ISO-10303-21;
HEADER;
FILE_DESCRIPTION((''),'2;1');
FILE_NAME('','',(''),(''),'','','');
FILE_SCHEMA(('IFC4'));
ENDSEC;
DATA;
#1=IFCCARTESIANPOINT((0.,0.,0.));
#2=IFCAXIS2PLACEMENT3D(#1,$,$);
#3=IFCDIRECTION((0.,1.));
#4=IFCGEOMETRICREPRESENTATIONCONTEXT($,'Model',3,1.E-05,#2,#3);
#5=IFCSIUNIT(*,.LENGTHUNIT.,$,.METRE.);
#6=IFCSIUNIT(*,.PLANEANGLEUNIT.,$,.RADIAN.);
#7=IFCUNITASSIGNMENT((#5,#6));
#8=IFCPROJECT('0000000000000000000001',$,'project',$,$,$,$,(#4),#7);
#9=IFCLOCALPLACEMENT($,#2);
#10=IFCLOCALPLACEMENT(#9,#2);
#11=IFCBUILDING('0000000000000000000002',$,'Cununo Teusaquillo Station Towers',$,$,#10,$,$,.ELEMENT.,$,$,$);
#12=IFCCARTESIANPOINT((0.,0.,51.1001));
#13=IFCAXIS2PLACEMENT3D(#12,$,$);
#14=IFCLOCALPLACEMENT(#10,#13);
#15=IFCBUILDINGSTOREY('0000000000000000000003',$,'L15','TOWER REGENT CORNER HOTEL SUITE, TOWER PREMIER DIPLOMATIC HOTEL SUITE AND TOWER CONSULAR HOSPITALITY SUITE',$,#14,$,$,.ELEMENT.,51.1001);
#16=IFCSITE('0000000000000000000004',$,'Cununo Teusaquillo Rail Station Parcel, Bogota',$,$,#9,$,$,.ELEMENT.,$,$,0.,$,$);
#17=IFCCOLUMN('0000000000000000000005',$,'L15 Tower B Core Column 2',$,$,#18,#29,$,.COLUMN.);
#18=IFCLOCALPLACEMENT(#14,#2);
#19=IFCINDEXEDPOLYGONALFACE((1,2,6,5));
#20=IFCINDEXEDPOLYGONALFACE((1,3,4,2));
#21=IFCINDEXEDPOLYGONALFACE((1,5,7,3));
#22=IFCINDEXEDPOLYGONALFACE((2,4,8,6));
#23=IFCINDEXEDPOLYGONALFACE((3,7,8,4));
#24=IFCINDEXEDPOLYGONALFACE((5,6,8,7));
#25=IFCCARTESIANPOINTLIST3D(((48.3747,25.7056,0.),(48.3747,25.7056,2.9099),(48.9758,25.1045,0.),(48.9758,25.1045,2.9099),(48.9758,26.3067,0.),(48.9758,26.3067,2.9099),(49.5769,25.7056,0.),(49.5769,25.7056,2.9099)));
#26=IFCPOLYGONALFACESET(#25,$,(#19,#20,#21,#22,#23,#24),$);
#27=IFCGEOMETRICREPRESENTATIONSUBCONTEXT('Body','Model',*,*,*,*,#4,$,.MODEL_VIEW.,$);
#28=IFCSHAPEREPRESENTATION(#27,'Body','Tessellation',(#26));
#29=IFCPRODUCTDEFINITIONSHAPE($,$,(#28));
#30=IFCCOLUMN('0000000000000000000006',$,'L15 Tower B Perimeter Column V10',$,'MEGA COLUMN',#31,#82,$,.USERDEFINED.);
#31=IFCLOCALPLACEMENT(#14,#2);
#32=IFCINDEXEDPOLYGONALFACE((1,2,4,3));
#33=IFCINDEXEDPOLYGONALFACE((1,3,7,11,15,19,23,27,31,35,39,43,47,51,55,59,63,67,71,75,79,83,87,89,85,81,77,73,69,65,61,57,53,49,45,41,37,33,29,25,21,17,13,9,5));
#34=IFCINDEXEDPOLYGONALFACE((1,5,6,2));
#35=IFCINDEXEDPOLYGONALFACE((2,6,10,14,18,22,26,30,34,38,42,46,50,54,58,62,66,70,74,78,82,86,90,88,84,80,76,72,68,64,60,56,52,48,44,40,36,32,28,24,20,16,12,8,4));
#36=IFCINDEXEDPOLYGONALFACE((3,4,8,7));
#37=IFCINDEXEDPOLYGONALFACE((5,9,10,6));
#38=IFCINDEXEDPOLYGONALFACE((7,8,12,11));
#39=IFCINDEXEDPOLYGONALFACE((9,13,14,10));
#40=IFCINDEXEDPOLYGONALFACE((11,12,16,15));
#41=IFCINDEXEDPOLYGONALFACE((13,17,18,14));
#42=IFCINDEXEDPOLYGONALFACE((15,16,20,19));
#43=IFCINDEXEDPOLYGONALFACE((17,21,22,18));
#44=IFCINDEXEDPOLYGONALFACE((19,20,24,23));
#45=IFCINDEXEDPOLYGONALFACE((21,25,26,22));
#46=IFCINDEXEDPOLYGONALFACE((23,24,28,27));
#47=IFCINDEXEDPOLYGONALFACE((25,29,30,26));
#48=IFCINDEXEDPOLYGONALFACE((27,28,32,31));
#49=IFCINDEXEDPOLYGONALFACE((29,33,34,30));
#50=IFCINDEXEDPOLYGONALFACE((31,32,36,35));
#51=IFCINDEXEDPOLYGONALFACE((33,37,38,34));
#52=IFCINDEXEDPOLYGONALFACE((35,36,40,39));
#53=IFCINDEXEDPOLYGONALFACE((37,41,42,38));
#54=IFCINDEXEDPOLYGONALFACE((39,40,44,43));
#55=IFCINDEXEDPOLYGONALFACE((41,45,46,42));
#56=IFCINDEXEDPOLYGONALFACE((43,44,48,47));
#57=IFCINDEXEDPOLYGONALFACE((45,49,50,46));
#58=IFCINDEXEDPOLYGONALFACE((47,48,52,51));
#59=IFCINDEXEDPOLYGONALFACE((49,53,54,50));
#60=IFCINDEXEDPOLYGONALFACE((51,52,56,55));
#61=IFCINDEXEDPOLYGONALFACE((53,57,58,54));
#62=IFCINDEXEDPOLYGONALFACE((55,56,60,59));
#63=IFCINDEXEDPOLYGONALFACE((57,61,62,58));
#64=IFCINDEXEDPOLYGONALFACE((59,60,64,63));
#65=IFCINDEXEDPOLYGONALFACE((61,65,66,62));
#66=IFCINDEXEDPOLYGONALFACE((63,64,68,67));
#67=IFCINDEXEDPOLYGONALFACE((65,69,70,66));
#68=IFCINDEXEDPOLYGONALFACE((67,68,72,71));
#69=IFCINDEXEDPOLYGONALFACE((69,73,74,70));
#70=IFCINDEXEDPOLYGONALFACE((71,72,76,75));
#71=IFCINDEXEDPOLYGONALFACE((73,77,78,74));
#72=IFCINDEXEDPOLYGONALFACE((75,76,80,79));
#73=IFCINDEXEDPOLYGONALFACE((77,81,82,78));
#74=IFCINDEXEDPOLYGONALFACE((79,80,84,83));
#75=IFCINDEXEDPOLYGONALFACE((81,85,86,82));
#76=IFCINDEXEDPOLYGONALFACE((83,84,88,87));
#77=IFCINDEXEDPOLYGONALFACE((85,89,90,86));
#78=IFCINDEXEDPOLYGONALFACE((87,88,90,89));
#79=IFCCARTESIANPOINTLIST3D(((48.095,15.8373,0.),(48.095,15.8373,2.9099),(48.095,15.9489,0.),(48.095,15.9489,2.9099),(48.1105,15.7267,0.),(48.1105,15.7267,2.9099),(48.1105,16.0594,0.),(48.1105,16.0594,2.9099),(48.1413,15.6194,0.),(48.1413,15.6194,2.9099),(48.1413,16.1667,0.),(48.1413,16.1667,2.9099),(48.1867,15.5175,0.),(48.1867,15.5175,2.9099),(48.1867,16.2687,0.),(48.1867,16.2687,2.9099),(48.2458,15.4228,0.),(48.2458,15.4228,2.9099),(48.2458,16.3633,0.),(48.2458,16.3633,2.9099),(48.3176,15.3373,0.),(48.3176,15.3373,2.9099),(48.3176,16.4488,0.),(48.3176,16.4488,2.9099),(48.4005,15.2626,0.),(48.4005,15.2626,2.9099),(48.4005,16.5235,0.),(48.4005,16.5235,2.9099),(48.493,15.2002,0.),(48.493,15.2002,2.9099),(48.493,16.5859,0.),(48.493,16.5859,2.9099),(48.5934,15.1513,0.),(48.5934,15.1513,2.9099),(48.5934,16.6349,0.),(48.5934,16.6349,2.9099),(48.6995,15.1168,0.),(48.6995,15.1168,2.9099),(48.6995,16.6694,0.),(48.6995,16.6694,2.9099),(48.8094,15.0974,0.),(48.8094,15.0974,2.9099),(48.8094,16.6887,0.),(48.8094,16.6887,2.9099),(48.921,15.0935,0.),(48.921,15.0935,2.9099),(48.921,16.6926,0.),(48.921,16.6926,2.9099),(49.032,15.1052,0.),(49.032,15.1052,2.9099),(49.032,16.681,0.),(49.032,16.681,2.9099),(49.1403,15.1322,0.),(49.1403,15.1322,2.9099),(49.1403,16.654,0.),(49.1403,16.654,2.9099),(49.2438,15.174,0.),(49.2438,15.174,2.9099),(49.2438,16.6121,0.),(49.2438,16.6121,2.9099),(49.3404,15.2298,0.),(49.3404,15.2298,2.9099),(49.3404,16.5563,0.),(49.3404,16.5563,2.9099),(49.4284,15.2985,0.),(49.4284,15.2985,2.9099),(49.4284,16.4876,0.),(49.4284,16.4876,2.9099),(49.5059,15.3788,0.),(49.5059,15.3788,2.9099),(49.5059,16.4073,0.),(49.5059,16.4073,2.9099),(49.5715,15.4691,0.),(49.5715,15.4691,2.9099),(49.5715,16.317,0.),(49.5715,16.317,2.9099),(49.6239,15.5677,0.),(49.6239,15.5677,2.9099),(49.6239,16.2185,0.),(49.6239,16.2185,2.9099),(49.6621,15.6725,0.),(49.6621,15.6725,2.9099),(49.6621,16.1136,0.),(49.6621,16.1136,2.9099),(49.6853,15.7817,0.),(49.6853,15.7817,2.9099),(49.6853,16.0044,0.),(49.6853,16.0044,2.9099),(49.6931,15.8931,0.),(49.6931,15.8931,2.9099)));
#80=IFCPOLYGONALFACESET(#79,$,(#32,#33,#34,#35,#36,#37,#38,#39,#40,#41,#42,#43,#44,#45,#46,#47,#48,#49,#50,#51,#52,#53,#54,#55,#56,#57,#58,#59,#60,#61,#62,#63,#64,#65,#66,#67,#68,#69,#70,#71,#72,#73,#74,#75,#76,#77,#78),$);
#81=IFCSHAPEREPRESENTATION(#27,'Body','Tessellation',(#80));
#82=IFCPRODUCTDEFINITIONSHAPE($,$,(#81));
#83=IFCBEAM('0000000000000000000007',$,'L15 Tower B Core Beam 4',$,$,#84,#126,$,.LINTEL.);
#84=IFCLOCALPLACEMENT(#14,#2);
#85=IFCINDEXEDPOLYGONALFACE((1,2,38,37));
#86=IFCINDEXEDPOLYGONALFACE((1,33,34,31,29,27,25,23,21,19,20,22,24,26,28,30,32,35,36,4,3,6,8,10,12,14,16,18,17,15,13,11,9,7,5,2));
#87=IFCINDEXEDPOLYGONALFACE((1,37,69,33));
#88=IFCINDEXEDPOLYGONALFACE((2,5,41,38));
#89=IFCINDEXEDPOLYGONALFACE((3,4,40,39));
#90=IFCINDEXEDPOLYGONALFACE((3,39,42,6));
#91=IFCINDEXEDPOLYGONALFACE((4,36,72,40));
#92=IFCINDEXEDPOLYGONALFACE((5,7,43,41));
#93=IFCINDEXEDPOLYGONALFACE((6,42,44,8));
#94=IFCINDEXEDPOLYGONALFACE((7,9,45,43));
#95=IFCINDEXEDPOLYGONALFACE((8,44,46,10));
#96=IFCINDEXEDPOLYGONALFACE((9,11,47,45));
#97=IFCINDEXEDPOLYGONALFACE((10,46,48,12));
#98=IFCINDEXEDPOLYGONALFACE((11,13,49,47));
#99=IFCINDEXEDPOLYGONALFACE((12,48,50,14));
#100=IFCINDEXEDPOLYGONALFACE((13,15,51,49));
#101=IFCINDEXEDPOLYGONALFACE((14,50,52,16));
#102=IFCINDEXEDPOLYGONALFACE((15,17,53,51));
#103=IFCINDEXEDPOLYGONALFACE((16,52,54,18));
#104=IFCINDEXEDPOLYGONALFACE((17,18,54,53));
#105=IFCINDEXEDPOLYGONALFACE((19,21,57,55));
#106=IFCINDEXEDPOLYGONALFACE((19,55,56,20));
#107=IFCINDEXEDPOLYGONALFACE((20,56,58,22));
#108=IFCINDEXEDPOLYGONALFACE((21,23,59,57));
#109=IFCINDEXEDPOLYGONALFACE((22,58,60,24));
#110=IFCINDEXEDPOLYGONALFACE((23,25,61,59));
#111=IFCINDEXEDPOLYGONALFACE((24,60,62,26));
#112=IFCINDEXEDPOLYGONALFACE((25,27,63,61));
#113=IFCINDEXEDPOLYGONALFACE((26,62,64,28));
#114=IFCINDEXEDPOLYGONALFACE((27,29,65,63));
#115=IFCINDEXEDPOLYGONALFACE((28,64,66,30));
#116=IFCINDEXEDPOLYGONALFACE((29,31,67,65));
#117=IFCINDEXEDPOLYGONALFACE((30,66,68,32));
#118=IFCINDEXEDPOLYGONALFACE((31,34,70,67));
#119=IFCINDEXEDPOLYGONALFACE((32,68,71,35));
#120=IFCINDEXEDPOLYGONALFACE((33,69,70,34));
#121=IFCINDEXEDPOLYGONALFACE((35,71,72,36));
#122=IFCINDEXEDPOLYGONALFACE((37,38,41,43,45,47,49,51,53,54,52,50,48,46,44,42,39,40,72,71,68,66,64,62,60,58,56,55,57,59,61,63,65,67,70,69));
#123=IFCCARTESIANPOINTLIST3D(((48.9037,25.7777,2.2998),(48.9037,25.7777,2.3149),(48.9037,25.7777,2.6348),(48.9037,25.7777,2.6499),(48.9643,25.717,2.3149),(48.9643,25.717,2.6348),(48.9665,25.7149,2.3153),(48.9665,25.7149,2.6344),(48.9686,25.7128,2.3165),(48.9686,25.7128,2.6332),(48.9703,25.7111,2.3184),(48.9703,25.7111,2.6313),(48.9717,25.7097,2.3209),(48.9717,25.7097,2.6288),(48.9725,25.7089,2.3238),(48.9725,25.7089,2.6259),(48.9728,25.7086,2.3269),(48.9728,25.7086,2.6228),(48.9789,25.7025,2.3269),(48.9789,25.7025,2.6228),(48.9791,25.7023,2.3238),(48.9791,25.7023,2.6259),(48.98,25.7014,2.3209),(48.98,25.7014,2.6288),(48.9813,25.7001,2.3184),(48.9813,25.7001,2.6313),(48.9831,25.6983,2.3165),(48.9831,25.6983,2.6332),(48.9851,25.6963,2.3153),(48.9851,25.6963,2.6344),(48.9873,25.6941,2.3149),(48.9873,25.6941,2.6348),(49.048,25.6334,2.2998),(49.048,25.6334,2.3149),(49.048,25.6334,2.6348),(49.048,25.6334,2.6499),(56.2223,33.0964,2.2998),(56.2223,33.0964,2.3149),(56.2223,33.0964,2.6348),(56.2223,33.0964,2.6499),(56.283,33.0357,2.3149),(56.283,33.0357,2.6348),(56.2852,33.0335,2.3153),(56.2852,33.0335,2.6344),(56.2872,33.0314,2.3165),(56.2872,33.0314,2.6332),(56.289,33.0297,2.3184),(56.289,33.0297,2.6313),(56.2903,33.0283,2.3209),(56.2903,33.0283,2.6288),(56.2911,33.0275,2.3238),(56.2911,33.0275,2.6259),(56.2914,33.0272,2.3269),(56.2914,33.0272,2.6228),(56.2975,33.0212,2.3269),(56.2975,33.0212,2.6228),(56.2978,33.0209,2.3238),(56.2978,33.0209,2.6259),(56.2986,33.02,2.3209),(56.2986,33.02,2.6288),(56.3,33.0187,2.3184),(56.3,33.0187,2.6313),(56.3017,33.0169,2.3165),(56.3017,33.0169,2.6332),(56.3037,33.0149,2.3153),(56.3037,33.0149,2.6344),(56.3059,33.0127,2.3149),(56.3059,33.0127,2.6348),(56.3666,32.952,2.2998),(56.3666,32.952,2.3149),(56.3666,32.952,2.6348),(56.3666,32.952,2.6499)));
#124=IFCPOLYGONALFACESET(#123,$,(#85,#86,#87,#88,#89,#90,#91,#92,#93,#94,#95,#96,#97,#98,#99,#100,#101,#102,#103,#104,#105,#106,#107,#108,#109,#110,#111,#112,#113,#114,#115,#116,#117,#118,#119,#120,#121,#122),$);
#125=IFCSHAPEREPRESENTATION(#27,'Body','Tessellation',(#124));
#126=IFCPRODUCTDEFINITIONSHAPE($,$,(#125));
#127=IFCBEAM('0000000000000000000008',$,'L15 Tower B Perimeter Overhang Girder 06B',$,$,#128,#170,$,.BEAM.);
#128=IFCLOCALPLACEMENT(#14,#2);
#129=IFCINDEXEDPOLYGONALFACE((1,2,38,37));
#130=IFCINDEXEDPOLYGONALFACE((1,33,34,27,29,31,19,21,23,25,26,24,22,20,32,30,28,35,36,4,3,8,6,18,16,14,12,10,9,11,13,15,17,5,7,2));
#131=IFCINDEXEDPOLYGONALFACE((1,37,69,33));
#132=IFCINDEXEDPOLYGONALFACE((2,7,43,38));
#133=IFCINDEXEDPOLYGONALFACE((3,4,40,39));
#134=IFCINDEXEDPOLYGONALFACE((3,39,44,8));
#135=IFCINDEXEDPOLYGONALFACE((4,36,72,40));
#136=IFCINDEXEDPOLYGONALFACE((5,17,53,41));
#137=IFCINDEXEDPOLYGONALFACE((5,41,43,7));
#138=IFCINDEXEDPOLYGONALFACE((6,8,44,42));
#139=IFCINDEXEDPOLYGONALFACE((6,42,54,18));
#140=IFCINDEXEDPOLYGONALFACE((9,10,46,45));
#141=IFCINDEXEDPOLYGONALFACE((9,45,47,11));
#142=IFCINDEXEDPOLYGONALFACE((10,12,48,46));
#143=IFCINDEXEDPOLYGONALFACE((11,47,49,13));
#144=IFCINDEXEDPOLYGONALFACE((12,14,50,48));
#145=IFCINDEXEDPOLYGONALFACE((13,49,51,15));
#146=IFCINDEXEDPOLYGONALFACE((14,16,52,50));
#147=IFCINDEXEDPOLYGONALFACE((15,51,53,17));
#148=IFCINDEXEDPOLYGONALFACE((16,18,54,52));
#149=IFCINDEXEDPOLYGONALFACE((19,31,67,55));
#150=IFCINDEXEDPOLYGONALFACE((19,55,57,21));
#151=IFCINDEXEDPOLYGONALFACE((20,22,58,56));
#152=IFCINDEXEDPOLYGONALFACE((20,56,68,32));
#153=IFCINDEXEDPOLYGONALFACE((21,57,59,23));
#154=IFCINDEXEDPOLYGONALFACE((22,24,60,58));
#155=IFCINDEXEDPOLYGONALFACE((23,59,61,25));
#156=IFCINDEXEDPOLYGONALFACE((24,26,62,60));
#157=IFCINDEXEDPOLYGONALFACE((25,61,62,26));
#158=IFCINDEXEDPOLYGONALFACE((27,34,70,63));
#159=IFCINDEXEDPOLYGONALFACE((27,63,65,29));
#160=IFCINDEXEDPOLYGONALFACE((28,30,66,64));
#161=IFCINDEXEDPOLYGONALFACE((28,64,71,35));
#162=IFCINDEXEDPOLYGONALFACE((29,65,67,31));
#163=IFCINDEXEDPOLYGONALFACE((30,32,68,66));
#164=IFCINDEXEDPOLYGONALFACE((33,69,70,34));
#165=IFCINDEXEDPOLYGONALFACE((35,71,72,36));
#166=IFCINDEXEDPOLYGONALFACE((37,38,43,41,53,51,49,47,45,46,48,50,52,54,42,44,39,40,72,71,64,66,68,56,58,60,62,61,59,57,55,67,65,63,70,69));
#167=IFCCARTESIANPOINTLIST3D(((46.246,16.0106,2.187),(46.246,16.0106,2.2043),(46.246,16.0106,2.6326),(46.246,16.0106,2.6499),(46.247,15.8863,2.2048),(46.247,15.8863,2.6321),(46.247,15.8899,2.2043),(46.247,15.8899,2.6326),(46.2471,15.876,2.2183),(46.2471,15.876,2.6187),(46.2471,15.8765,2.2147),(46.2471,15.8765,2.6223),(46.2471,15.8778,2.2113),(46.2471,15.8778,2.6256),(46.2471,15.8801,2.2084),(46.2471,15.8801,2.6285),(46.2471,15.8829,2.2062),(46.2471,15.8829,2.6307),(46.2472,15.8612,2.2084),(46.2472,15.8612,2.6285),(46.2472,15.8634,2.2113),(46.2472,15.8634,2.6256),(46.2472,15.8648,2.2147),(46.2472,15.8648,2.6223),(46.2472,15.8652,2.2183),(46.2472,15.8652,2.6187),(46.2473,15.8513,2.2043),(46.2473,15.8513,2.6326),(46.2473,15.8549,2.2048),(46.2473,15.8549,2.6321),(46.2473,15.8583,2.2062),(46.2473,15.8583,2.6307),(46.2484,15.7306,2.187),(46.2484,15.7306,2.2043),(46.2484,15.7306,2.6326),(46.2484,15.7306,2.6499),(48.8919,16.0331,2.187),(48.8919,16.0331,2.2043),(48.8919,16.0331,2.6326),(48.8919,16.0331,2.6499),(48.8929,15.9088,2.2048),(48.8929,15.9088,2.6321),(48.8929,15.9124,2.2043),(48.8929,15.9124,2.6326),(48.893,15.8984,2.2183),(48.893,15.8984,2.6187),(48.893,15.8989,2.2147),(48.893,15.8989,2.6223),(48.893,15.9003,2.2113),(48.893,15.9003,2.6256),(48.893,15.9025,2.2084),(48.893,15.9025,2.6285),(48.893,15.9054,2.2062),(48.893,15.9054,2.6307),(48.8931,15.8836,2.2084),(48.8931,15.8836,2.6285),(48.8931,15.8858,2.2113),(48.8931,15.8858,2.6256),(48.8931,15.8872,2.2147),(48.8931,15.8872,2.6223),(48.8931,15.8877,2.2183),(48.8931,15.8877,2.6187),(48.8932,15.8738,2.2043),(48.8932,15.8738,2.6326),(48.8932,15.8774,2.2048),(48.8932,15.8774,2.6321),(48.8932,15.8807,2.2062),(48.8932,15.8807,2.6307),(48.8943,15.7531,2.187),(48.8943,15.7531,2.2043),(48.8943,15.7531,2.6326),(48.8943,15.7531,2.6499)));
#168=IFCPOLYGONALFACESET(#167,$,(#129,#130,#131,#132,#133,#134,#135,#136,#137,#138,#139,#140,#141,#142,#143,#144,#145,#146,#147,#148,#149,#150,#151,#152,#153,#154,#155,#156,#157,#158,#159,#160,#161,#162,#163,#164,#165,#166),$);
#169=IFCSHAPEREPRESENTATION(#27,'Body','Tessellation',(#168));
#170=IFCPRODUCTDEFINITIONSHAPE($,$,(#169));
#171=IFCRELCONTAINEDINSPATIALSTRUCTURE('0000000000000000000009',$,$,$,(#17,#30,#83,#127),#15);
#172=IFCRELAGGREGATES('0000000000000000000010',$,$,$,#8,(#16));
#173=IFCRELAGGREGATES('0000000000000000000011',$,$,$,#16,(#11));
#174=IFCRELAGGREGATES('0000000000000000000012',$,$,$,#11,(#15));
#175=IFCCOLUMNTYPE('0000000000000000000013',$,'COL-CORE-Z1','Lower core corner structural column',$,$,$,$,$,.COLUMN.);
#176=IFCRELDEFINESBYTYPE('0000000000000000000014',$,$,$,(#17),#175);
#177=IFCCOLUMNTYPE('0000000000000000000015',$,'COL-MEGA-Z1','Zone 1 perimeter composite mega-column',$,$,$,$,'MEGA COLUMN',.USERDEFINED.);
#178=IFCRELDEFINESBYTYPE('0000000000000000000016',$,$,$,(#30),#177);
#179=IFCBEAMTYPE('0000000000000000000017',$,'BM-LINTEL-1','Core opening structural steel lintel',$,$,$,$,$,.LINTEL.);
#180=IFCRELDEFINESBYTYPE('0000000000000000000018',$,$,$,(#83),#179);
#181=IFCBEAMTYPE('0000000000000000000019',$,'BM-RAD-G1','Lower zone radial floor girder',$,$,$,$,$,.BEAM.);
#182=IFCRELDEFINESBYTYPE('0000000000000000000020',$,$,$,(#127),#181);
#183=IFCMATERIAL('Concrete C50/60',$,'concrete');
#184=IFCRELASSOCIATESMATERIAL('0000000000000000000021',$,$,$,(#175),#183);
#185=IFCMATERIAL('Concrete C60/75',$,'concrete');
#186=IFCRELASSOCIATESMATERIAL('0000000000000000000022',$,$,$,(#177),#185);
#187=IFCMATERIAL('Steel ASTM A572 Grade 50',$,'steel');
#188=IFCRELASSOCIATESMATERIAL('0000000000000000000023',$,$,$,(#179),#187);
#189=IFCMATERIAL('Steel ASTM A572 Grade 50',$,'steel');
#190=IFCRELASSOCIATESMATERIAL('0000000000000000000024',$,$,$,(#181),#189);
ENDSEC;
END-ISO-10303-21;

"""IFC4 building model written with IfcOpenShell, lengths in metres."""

from ifc_helpers import new_model, si_unit, direction, frame, origin, origin_2d, place, context, subcontext, project, spatial, rectangle, circle, i_section, extrude, material, material_profile, profile_set, type_object, element, save


model = new_model("IFC4")

# Units and contexts
model_context = context("Model", 3, precision=1e-05, world=origin(), true_north=direction((0.0, 1.0)))
body_context = subcontext(model_context, "Body", "Model", "MODEL_VIEW")
ifc_project = project(units=[si_unit("LENGTHUNIT", "METRE"), si_unit("PLANEANGLEUNIT", "RADIAN")], contexts=[model_context])

# Site, building, storey
site_placement = place(None, origin())
site = spatial("IfcSite", under=ifc_project, at=site_placement, Name="Cununo Teusaquillo Rail Station Parcel, Bogota", CompositionType="ELEMENT", RefElevation=0.0)
building_placement = place(site_placement, origin())
building = spatial("IfcBuilding", under=site, at=building_placement, Name="Cununo Teusaquillo Station Towers", CompositionType="ELEMENT")
storey_placement = place(building_placement, frame((0.0, 0.0, 51.1001)))
storey = spatial("IfcBuildingStorey", under=building, at=storey_placement, Name="L15", Description="TOWER REGENT CORNER HOTEL SUITE, TOWER PREMIER DIPLOMATIC HOTEL SUITE AND TOWER CONSULAR HOSPITALITY SUITE", CompositionType="ELEMENT", Elevation=51.1001)

# Columns
ifc_material_1 = material(Name="Concrete C50/60", Category="concrete")
ifc_material_profile_1 = material_profile(ifc_material_1, rectangle(XDim=0.8501, YDim=0.8501, at=origin_2d()), Name="RC-RECT-850x850")
ifc_profile_set_1 = profile_set([ifc_material_profile_1], Name="Concrete C50/60")
column_type_1 = type_object("IfcColumnType", Name="COL-CORE-Z1", Description="Lower core corner structural column", PredefinedType="COLUMN", material=ifc_profile_set_1)
column_1_placement = place(storey_placement, frame((48.9758, 25.7056, 0.0), z_axis=(0.0, 0.0, 1.0), x_axis=(0.707107, 0.707107, 0.0)))
element("IfcColumn", 1, at=column_1_placement, inside=storey, type_object=column_type_1, Name="L15 Tower B Core Column 2", PredefinedType="COLUMN", context=body_context, shape_type="SweptSolid", body=[
    extrude(rectangle(XDim=0.8501, YDim=0.8501, at=origin_2d()), origin(), (0.0, 0.0, 1.0), 2.9099),
])
ifc_material_2 = material(Name="Concrete C60/75", Category="concrete")
ifc_material_profile_2 = material_profile(ifc_material_2, circle(Radius=0.8, at=origin_2d()), Name="RC-CIRC-1600")
ifc_profile_set_2 = profile_set([ifc_material_profile_2], Name="Concrete C60/75")
column_type_2 = type_object("IfcColumnType", Name="COL-MEGA-Z1", Description="Zone 1 perimeter composite mega-column", ElementType="MEGA COLUMN", PredefinedType="USERDEFINED", material=ifc_profile_set_2)
column_2_placement = place(storey_placement, frame((48.8931, 15.8931, 0.0), z_axis=(0.0, 0.0, 1.0), x_axis=(1.0, 0.0, 0.0)))
element("IfcColumn", 2, at=column_2_placement, inside=storey, type_object=column_type_2, Name="L15 Tower B Perimeter Column V10", ObjectType="MEGA COLUMN", PredefinedType="USERDEFINED", context=body_context, shape_type="SweptSolid", body=[
    extrude(circle(Radius=0.8, at=origin_2d()), origin(), (0.0, 0.0, 1.0), 2.9099),
])

# Beams
ifc_material_3 = material(Name="Steel ASTM A572 Grade 50", Category="steel")
ifc_material_profile_3 = material_profile(ifc_material_3, i_section(OverallWidth=0.2041, OverallDepth=0.3501, WebThickness=0.0085, FlangeThickness=0.0151, FilletRadius=0.012, at=origin_2d()), Name="W14X48")
ifc_profile_set_3 = profile_set([ifc_material_profile_3], Name="Steel ASTM A572 Grade 50")
beam_type_1 = type_object("IfcBeamType", Name="BM-LINTEL-1", Description="Core opening structural steel lintel", PredefinedType="LINTEL", material=ifc_profile_set_3)
beam_1_placement = place(storey_placement, frame((48.9758, 25.7056, 2.4749), z_axis=(0.707107, 0.707107, 0.0), x_axis=(-0.707107, 0.707107, 0.0)))
element("IfcBeam", 3, at=beam_1_placement, inside=storey, type_object=beam_type_1, Name="L15 Tower B Core Beam 4", PredefinedType="LINTEL", context=body_context, shape_type="SweptSolid", body=[
    extrude(i_section(OverallWidth=0.2041, OverallDepth=0.3501, WebThickness=0.0085, FlangeThickness=0.0151, FilletRadius=0.012, at=origin_2d()), origin(), (0.0, 0.0, 1.0), 10.3501),
])
ifc_material_4 = material(Name="Steel ASTM A572 Grade 50", Category="steel")
ifc_material_profile_4 = material_profile(ifc_material_4, i_section(OverallWidth=0.28, OverallDepth=0.4629, WebThickness=0.0107, FlangeThickness=0.0173, FilletRadius=0.0139, at=origin_2d()), Name="W18X76")
ifc_profile_set_4 = profile_set([ifc_material_profile_4], Name="Steel ASTM A572 Grade 50")
beam_type_2 = type_object("IfcBeamType", Name="BM-RAD-G1", Description="Lower zone radial floor girder", PredefinedType="BEAM", material=ifc_profile_set_4)
beam_2_placement = place(storey_placement, frame((48.8931, 15.8931, 2.4185), z_axis=(-0.999964, -0.008488, 0.0), x_axis=(0.008488, -0.999964, 0.0)))
element("IfcBeam", 4, at=beam_2_placement, inside=storey, type_object=beam_type_2, Name="L15 Tower B Perimeter Overhang Girder 06B", PredefinedType="BEAM", context=body_context, shape_type="SweptSolid", body=[
    extrude(i_section(OverallWidth=0.28, OverallDepth=0.4629, WebThickness=0.0107, FlangeThickness=0.0173, FilletRadius=0.0139, at=origin_2d()), origin(), (0.0, 0.0, 1.0), 2.646),
])

save(model, "model.ifc")
